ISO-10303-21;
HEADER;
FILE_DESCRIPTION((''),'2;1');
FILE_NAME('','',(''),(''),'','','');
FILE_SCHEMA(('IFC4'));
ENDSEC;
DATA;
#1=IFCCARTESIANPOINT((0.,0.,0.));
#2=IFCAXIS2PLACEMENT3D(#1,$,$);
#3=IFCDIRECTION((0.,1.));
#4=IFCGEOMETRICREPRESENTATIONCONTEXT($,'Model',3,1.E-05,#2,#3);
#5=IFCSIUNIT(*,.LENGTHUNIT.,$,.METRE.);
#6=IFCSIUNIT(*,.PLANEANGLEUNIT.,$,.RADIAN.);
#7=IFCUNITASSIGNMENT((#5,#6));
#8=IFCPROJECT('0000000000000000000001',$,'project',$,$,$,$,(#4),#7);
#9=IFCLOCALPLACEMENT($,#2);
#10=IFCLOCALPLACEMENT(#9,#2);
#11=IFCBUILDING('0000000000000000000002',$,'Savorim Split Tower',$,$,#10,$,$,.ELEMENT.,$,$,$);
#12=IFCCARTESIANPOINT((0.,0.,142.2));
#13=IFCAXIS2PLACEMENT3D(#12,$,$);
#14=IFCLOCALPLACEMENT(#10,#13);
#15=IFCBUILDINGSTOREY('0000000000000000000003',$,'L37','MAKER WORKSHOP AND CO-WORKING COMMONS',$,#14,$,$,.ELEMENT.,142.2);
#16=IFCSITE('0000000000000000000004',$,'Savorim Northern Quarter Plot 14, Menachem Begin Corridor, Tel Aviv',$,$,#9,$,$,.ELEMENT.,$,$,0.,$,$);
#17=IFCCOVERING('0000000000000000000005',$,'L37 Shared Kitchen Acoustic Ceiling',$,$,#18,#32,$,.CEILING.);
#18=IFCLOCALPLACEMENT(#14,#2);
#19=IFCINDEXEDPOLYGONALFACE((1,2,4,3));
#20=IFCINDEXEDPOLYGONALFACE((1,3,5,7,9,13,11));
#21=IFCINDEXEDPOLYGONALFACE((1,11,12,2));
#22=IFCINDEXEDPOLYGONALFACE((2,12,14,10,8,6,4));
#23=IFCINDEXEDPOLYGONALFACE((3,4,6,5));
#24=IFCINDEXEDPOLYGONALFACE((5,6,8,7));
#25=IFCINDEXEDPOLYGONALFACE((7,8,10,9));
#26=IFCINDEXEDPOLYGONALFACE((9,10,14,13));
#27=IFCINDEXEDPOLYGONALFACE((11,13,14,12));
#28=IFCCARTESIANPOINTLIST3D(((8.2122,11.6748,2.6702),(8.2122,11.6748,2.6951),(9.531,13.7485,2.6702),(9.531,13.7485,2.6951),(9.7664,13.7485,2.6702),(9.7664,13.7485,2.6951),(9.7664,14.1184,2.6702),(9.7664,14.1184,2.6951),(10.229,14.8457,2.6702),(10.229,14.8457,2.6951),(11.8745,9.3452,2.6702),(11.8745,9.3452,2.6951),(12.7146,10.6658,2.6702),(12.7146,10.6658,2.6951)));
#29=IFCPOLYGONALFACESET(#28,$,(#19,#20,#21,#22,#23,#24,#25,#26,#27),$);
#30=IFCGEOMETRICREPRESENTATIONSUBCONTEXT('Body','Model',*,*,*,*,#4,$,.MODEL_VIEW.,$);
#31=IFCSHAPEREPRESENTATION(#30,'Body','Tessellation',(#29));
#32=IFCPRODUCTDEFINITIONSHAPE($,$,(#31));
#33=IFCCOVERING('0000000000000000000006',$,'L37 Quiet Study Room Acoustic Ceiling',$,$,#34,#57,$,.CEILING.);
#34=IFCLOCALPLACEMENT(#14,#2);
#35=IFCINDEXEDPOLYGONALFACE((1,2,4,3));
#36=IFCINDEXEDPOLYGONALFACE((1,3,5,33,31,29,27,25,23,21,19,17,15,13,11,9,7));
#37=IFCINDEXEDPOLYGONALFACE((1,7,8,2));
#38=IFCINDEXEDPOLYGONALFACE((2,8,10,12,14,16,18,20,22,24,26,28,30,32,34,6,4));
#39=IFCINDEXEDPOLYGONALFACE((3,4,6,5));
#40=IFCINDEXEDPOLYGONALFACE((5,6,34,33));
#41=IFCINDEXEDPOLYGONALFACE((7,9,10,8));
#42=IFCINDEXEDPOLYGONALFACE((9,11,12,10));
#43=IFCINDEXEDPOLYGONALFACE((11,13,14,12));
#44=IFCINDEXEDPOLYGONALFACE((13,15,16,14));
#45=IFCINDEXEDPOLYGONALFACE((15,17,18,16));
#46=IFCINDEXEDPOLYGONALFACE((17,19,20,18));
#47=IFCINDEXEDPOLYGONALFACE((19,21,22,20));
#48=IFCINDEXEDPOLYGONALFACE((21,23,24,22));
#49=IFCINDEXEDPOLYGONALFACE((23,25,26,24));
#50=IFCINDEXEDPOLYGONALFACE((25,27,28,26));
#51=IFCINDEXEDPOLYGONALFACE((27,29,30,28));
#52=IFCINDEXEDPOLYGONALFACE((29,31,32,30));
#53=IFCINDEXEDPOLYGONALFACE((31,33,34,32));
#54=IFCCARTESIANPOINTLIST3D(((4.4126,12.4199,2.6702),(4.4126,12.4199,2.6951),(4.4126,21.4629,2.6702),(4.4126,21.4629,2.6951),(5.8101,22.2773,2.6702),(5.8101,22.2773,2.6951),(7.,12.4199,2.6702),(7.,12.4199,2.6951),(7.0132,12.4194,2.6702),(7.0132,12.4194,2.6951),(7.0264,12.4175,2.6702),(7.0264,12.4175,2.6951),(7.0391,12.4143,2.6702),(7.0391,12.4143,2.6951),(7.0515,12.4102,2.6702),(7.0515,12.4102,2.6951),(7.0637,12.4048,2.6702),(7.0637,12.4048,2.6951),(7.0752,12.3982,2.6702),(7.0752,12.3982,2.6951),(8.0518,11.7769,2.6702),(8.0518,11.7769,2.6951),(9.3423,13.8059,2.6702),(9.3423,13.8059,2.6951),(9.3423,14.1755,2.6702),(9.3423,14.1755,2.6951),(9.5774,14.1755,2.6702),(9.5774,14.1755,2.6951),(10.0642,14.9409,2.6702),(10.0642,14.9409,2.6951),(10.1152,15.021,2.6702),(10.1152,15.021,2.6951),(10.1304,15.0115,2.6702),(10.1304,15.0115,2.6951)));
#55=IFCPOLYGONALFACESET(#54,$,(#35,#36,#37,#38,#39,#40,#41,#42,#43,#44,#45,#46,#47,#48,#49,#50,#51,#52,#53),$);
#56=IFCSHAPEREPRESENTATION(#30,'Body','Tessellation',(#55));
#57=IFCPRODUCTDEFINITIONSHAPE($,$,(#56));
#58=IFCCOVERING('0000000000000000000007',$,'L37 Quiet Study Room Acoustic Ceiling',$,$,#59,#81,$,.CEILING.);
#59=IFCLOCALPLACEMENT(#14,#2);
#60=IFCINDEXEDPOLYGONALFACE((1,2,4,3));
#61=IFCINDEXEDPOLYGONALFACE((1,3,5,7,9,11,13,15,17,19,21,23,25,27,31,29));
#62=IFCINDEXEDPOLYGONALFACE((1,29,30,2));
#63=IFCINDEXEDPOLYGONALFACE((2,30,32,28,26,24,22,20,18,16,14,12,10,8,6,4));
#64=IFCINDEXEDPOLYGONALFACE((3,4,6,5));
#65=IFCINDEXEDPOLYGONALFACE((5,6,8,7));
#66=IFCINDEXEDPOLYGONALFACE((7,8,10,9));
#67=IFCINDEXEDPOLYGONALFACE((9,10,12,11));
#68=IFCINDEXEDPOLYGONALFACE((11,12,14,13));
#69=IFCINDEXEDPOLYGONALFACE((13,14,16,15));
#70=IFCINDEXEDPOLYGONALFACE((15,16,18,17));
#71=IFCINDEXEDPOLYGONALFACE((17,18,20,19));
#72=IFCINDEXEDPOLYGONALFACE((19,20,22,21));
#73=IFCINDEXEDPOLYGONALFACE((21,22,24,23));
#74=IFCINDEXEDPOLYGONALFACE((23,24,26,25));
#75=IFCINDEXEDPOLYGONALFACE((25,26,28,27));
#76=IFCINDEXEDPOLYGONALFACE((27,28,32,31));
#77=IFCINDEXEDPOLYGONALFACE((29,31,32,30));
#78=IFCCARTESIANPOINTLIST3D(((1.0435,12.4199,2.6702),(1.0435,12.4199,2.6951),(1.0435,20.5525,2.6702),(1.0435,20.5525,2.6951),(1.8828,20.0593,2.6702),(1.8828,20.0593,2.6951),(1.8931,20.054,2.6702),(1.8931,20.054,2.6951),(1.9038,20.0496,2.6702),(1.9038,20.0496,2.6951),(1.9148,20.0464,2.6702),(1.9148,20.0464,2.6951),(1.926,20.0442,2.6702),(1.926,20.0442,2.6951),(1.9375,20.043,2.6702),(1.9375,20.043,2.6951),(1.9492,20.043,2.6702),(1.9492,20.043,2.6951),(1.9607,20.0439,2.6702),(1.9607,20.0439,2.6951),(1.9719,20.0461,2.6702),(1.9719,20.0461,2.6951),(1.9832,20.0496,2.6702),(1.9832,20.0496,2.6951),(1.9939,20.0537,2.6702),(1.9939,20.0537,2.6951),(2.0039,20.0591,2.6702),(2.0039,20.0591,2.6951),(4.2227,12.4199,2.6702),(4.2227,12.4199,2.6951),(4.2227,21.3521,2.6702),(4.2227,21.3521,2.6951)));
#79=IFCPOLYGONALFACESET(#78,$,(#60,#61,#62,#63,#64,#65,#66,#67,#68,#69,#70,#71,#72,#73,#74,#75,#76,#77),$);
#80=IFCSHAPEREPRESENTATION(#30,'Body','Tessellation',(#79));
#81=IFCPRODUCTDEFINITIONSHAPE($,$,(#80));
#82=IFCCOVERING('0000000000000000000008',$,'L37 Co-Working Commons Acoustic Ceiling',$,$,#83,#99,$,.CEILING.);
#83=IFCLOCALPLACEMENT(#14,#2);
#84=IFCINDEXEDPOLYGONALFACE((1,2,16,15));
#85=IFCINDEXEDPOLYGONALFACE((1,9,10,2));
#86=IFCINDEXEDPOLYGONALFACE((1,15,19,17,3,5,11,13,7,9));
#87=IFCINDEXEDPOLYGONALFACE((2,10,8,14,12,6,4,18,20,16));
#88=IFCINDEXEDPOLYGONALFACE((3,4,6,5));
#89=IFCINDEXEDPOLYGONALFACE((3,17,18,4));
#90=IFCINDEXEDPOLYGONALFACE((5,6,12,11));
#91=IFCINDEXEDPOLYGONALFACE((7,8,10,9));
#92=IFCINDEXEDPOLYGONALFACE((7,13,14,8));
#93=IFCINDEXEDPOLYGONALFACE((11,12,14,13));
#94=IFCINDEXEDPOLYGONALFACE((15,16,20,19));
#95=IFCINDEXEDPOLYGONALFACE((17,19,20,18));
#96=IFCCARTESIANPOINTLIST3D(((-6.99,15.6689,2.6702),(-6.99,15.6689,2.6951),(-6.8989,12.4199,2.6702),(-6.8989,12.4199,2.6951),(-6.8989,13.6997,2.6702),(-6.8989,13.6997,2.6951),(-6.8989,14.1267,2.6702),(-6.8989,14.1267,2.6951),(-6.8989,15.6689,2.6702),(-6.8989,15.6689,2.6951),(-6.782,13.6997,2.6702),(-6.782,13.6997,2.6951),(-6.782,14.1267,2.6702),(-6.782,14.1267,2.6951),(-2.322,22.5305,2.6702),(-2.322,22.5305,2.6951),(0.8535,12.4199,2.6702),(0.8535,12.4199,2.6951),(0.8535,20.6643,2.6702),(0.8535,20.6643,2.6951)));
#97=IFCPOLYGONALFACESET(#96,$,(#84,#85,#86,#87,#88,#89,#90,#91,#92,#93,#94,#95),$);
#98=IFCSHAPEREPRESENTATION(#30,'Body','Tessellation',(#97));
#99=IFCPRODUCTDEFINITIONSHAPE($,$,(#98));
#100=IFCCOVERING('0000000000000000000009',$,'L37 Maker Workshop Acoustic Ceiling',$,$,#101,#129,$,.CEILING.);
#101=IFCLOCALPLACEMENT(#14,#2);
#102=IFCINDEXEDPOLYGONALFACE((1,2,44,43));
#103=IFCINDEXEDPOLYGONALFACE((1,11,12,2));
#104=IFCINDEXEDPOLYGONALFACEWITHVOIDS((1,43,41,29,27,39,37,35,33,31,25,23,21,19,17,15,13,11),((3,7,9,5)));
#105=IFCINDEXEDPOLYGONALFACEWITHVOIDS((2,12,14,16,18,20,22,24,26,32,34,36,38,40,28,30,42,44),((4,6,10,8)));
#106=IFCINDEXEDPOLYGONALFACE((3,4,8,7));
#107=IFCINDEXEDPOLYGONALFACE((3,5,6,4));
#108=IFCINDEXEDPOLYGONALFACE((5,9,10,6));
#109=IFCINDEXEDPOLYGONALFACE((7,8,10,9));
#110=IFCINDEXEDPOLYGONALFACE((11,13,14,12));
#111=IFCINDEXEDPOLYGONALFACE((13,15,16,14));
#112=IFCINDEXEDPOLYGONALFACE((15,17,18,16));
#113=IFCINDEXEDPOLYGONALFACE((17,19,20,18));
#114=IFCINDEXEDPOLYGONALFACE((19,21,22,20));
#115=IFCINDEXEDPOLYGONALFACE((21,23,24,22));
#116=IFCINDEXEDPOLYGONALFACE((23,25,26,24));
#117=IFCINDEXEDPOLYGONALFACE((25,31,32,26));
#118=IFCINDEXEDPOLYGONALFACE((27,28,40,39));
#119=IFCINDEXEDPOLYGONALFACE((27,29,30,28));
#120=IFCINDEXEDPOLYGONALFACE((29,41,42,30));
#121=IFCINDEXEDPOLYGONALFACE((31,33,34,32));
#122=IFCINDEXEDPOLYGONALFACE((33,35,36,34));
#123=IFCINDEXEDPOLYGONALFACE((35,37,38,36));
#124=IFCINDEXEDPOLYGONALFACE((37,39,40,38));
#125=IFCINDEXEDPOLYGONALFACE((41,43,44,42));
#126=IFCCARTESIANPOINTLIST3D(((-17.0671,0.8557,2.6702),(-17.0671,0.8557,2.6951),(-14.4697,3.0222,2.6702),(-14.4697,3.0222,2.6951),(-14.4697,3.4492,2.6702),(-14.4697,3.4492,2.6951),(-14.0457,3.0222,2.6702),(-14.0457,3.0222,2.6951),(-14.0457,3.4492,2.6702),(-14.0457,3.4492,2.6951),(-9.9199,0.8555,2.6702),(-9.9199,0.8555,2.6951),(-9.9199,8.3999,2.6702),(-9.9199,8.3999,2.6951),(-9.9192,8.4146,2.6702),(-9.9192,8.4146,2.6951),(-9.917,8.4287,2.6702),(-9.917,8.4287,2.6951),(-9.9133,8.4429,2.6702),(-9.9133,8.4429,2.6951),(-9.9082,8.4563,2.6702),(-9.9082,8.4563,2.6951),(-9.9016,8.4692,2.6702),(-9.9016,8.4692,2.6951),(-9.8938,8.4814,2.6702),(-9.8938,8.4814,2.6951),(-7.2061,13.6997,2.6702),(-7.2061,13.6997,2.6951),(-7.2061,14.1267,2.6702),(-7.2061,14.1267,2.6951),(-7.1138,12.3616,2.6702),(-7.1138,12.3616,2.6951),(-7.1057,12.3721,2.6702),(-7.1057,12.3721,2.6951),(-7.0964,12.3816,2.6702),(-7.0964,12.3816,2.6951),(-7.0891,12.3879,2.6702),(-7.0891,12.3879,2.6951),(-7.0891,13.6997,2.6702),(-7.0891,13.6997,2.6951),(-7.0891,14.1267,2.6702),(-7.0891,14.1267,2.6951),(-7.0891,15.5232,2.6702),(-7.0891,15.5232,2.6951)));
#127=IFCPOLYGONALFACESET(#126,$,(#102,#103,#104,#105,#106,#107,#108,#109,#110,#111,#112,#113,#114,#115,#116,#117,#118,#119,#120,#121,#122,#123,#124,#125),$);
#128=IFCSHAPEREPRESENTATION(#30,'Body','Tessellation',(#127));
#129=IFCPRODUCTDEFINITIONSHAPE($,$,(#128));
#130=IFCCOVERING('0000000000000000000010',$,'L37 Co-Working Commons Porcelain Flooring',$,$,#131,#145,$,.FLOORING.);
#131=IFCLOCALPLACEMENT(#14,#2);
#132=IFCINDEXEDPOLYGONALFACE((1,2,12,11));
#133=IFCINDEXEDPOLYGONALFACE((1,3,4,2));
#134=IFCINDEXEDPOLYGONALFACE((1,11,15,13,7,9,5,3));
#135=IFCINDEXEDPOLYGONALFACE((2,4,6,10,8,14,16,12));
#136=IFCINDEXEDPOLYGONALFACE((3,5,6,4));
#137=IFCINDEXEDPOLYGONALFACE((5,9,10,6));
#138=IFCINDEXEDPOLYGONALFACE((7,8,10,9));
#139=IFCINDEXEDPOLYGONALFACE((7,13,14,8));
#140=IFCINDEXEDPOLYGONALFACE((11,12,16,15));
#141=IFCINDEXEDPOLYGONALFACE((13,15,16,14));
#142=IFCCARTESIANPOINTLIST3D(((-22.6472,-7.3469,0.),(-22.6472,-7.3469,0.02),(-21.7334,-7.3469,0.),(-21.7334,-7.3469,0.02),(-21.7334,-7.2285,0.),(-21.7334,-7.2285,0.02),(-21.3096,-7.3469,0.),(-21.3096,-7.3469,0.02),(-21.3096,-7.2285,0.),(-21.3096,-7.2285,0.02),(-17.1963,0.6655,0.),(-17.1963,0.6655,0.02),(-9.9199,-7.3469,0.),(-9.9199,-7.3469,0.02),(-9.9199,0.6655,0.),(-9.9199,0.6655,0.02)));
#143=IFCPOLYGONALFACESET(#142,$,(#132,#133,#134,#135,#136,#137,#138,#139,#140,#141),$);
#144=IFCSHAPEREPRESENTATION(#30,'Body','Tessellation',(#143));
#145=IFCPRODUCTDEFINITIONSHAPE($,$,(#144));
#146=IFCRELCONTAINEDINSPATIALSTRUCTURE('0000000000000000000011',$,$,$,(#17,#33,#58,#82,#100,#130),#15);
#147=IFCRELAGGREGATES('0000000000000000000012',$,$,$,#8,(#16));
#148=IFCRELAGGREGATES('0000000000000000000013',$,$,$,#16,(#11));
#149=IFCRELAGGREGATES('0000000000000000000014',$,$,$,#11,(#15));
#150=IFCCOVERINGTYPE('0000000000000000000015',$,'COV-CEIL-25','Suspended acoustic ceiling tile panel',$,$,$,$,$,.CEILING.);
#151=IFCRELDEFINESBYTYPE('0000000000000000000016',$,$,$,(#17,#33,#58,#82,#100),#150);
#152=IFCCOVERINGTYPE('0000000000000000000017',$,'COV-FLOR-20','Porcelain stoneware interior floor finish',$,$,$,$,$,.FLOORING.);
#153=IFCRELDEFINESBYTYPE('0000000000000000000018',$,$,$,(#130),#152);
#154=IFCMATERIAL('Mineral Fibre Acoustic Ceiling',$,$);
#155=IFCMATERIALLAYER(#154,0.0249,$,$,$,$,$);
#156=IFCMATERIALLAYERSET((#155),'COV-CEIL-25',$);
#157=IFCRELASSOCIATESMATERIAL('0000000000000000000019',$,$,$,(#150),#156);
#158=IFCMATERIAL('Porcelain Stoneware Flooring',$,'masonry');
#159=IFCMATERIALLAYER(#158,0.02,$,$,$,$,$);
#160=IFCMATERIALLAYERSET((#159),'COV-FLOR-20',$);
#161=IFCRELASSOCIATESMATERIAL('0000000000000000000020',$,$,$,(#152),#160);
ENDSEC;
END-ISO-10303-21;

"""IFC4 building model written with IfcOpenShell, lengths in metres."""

from ifc_helpers import new_model, si_unit, direction, frame, origin, place, context, subcontext, project, spatial, polyline, outline, extrude, material, layer, layer_set, type_object, element, save


model = new_model("IFC4")

# Units and contexts
model_context = context("Model", 3, precision=1e-05, world=origin(), true_north=direction((0.0, 1.0)))
body_context = subcontext(model_context, "Body", "Model", "MODEL_VIEW")
ifc_project = project(units=[si_unit("LENGTHUNIT", "METRE"), si_unit("PLANEANGLEUNIT", "RADIAN")], contexts=[model_context])

# Site, building, storey
site_placement = place(None, origin())
site = spatial("IfcSite", under=ifc_project, at=site_placement, Name="Savorim Northern Quarter Plot 14, Menachem Begin Corridor, Tel Aviv", CompositionType="ELEMENT", RefElevation=0.0)
building_placement = place(site_placement, origin())
building = spatial("IfcBuilding", under=site, at=building_placement, Name="Savorim Split Tower", CompositionType="ELEMENT")
storey_placement = place(building_placement, frame((0.0, 0.0, 142.2)))
storey = spatial("IfcBuildingStorey", under=building, at=storey_placement, Name="L37", Description="MAKER WORKSHOP AND CO-WORKING COMMONS", CompositionType="ELEMENT", Elevation=142.2)

# Coverings
ifc_material_1 = material(Name="Mineral Fibre Acoustic Ceiling")
ifc_layer_1 = layer(ifc_material_1, 0.0249)
ifc_layer_set_1 = layer_set([ifc_layer_1], Name="COV-CEIL-25")
covering_type_1 = type_object("IfcCoveringType", Name="COV-CEIL-25", Description="Suspended acoustic ceiling tile panel", PredefinedType="CEILING", material=ifc_layer_set_1)
covering_1_placement = place(storey_placement, frame((0.0, 0.0, 2.6702)))
element("IfcCovering", 1, at=covering_1_placement, inside=storey, type_object=covering_type_1, Name="L37 Shared Kitchen Acoustic Ceiling", PredefinedType="CEILING", context=body_context, shape_type="SweptSolid", body=[
    extrude(outline(polyline([(9.531, 13.7485), (8.2122, 11.6748), (8.2122, 11.6748), (11.8745, 9.3452), (12.7146, 10.6658), (10.229, 14.8457), (9.7664, 14.1184), (9.7664, 13.7485), (9.531, 13.7485)])), origin(), (0.0, 0.0, 1.0), 0.0249),
])
covering_2_placement = place(storey_placement, frame((0.0, 0.0, 2.6702)))
element("IfcCovering", 2, at=covering_2_placement, inside=storey, type_object=covering_type_1, Name="L37 Quiet Study Room Acoustic Ceiling", PredefinedType="CEILING", context=body_context, shape_type="SweptSolid", body=[
    extrude(outline(polyline([(10.1152, 15.021), (10.1304, 15.0115), (5.8101, 22.2773), (4.4126, 21.4629), (4.4126, 12.4199), (7.0, 12.4199), (7.0132, 12.4194), (7.0264, 12.4175), (7.0391, 12.4143), (7.0515, 12.4102), (7.0637, 12.4048), (7.0752, 12.3982), (8.0518, 11.7769), (9.3423, 13.8059), (9.3423, 14.1755), (9.5774, 14.1755), (10.0642, 14.9409), (10.1152, 15.021)])), origin(), (0.0, 0.0, 1.0), 0.0249),
])
covering_3_placement = place(storey_placement, frame((0.0, 0.0, 2.6702)))
element("IfcCovering", 3, at=covering_3_placement, inside=storey, type_object=covering_type_1, Name="L37 Quiet Study Room Acoustic Ceiling", PredefinedType="CEILING", context=body_context, shape_type="SweptSolid", body=[
    extrude(outline(polyline([(1.9038, 20.0496), (1.8931, 20.054), (1.8828, 20.0593), (1.0435, 20.5525), (1.0435, 12.4199), (4.2227, 12.4199), (4.2227, 21.3521), (2.0039, 20.0591), (1.9939, 20.0537), (1.9832, 20.0496), (1.9719, 20.0461), (1.9607, 20.0439), (1.9492, 20.043), (1.9375, 20.043), (1.926, 20.0442), (1.9148, 20.0464), (1.9038, 20.0496)])), origin(), (0.0, 0.0, 1.0), 0.0249),
])
covering_4_placement = place(storey_placement, frame((0.0, 0.0, 2.6702)))
element("IfcCovering", 4, at=covering_4_placement, inside=storey, type_object=covering_type_1, Name="L37 Co-Working Commons Acoustic Ceiling", PredefinedType="CEILING", context=body_context, shape_type="SweptSolid", body=[
    extrude(outline(polyline([(-6.8989, 12.4199), (0.8535, 12.4199), (0.8535, 20.6643), (-2.322, 22.5305), (-6.99, 15.6689), (-6.8989, 15.6689), (-6.8989, 14.1267), (-6.782, 14.1267), (-6.782, 13.6997), (-6.8989, 13.6997), (-6.8989, 12.4199)])), origin(), (0.0, 0.0, 1.0), 0.0249),
])
covering_5_placement = place(storey_placement, frame((0.0, 0.0, 2.6702)))
element("IfcCovering", 5, at=covering_5_placement, inside=storey, type_object=covering_type_1, Name="L37 Maker Workshop Acoustic Ceiling", PredefinedType="CEILING", context=body_context, shape_type="SweptSolid", body=[
    extrude(outline(polyline([(-7.1057, 12.3721), (-7.0964, 12.3816), (-7.0891, 12.3879), (-7.0891, 13.6997), (-7.2061, 13.6997), (-7.2061, 14.1267), (-7.0891, 14.1267), (-7.0891, 15.5232), (-17.0671, 0.8557), (-9.9199, 0.8555), (-9.9199, 8.3999), (-9.9192, 8.4146), (-9.917, 8.4287), (-9.9133, 8.4429), (-9.9082, 8.4563), (-9.9016, 8.4692), (-9.8938, 8.4814), (-7.1138, 12.3616), (-7.1057, 12.3721)]), holes=[polyline([(-14.4697, 3.4492), (-14.4697, 3.0222), (-14.0457, 3.0222), (-14.0457, 3.4492), (-14.4697, 3.4492)])]), origin(), (0.0, 0.0, 1.0), 0.0249),
])
ifc_material_2 = material(Name="Porcelain Stoneware Flooring", Category="masonry")
ifc_layer_2 = layer(ifc_material_2, 0.02)
ifc_layer_set_2 = layer_set([ifc_layer_2], Name="COV-FLOR-20")
covering_type_2 = type_object("IfcCoveringType", Name="COV-FLOR-20", Description="Porcelain stoneware interior floor finish", PredefinedType="FLOORING", material=ifc_layer_set_2)
covering_6_placement = place(storey_placement, origin())
element("IfcCovering", 6, at=covering_6_placement, inside=storey, type_object=covering_type_2, Name="L37 Co-Working Commons Porcelain Flooring", PredefinedType="FLOORING", context=body_context, shape_type="SweptSolid", body=[
    extrude(outline(polyline([(-21.3096, -7.2285), (-21.3096, -7.3469), (-9.9199, -7.3469), (-9.9199, 0.6655), (-17.1963, 0.6655), (-22.6472, -7.3469), (-21.7334, -7.3469), (-21.7334, -7.2285), (-21.3096, -7.2285)])), origin(), (0.0, 0.0, 1.0), 0.02),
])

save(model, "model.ifc")
